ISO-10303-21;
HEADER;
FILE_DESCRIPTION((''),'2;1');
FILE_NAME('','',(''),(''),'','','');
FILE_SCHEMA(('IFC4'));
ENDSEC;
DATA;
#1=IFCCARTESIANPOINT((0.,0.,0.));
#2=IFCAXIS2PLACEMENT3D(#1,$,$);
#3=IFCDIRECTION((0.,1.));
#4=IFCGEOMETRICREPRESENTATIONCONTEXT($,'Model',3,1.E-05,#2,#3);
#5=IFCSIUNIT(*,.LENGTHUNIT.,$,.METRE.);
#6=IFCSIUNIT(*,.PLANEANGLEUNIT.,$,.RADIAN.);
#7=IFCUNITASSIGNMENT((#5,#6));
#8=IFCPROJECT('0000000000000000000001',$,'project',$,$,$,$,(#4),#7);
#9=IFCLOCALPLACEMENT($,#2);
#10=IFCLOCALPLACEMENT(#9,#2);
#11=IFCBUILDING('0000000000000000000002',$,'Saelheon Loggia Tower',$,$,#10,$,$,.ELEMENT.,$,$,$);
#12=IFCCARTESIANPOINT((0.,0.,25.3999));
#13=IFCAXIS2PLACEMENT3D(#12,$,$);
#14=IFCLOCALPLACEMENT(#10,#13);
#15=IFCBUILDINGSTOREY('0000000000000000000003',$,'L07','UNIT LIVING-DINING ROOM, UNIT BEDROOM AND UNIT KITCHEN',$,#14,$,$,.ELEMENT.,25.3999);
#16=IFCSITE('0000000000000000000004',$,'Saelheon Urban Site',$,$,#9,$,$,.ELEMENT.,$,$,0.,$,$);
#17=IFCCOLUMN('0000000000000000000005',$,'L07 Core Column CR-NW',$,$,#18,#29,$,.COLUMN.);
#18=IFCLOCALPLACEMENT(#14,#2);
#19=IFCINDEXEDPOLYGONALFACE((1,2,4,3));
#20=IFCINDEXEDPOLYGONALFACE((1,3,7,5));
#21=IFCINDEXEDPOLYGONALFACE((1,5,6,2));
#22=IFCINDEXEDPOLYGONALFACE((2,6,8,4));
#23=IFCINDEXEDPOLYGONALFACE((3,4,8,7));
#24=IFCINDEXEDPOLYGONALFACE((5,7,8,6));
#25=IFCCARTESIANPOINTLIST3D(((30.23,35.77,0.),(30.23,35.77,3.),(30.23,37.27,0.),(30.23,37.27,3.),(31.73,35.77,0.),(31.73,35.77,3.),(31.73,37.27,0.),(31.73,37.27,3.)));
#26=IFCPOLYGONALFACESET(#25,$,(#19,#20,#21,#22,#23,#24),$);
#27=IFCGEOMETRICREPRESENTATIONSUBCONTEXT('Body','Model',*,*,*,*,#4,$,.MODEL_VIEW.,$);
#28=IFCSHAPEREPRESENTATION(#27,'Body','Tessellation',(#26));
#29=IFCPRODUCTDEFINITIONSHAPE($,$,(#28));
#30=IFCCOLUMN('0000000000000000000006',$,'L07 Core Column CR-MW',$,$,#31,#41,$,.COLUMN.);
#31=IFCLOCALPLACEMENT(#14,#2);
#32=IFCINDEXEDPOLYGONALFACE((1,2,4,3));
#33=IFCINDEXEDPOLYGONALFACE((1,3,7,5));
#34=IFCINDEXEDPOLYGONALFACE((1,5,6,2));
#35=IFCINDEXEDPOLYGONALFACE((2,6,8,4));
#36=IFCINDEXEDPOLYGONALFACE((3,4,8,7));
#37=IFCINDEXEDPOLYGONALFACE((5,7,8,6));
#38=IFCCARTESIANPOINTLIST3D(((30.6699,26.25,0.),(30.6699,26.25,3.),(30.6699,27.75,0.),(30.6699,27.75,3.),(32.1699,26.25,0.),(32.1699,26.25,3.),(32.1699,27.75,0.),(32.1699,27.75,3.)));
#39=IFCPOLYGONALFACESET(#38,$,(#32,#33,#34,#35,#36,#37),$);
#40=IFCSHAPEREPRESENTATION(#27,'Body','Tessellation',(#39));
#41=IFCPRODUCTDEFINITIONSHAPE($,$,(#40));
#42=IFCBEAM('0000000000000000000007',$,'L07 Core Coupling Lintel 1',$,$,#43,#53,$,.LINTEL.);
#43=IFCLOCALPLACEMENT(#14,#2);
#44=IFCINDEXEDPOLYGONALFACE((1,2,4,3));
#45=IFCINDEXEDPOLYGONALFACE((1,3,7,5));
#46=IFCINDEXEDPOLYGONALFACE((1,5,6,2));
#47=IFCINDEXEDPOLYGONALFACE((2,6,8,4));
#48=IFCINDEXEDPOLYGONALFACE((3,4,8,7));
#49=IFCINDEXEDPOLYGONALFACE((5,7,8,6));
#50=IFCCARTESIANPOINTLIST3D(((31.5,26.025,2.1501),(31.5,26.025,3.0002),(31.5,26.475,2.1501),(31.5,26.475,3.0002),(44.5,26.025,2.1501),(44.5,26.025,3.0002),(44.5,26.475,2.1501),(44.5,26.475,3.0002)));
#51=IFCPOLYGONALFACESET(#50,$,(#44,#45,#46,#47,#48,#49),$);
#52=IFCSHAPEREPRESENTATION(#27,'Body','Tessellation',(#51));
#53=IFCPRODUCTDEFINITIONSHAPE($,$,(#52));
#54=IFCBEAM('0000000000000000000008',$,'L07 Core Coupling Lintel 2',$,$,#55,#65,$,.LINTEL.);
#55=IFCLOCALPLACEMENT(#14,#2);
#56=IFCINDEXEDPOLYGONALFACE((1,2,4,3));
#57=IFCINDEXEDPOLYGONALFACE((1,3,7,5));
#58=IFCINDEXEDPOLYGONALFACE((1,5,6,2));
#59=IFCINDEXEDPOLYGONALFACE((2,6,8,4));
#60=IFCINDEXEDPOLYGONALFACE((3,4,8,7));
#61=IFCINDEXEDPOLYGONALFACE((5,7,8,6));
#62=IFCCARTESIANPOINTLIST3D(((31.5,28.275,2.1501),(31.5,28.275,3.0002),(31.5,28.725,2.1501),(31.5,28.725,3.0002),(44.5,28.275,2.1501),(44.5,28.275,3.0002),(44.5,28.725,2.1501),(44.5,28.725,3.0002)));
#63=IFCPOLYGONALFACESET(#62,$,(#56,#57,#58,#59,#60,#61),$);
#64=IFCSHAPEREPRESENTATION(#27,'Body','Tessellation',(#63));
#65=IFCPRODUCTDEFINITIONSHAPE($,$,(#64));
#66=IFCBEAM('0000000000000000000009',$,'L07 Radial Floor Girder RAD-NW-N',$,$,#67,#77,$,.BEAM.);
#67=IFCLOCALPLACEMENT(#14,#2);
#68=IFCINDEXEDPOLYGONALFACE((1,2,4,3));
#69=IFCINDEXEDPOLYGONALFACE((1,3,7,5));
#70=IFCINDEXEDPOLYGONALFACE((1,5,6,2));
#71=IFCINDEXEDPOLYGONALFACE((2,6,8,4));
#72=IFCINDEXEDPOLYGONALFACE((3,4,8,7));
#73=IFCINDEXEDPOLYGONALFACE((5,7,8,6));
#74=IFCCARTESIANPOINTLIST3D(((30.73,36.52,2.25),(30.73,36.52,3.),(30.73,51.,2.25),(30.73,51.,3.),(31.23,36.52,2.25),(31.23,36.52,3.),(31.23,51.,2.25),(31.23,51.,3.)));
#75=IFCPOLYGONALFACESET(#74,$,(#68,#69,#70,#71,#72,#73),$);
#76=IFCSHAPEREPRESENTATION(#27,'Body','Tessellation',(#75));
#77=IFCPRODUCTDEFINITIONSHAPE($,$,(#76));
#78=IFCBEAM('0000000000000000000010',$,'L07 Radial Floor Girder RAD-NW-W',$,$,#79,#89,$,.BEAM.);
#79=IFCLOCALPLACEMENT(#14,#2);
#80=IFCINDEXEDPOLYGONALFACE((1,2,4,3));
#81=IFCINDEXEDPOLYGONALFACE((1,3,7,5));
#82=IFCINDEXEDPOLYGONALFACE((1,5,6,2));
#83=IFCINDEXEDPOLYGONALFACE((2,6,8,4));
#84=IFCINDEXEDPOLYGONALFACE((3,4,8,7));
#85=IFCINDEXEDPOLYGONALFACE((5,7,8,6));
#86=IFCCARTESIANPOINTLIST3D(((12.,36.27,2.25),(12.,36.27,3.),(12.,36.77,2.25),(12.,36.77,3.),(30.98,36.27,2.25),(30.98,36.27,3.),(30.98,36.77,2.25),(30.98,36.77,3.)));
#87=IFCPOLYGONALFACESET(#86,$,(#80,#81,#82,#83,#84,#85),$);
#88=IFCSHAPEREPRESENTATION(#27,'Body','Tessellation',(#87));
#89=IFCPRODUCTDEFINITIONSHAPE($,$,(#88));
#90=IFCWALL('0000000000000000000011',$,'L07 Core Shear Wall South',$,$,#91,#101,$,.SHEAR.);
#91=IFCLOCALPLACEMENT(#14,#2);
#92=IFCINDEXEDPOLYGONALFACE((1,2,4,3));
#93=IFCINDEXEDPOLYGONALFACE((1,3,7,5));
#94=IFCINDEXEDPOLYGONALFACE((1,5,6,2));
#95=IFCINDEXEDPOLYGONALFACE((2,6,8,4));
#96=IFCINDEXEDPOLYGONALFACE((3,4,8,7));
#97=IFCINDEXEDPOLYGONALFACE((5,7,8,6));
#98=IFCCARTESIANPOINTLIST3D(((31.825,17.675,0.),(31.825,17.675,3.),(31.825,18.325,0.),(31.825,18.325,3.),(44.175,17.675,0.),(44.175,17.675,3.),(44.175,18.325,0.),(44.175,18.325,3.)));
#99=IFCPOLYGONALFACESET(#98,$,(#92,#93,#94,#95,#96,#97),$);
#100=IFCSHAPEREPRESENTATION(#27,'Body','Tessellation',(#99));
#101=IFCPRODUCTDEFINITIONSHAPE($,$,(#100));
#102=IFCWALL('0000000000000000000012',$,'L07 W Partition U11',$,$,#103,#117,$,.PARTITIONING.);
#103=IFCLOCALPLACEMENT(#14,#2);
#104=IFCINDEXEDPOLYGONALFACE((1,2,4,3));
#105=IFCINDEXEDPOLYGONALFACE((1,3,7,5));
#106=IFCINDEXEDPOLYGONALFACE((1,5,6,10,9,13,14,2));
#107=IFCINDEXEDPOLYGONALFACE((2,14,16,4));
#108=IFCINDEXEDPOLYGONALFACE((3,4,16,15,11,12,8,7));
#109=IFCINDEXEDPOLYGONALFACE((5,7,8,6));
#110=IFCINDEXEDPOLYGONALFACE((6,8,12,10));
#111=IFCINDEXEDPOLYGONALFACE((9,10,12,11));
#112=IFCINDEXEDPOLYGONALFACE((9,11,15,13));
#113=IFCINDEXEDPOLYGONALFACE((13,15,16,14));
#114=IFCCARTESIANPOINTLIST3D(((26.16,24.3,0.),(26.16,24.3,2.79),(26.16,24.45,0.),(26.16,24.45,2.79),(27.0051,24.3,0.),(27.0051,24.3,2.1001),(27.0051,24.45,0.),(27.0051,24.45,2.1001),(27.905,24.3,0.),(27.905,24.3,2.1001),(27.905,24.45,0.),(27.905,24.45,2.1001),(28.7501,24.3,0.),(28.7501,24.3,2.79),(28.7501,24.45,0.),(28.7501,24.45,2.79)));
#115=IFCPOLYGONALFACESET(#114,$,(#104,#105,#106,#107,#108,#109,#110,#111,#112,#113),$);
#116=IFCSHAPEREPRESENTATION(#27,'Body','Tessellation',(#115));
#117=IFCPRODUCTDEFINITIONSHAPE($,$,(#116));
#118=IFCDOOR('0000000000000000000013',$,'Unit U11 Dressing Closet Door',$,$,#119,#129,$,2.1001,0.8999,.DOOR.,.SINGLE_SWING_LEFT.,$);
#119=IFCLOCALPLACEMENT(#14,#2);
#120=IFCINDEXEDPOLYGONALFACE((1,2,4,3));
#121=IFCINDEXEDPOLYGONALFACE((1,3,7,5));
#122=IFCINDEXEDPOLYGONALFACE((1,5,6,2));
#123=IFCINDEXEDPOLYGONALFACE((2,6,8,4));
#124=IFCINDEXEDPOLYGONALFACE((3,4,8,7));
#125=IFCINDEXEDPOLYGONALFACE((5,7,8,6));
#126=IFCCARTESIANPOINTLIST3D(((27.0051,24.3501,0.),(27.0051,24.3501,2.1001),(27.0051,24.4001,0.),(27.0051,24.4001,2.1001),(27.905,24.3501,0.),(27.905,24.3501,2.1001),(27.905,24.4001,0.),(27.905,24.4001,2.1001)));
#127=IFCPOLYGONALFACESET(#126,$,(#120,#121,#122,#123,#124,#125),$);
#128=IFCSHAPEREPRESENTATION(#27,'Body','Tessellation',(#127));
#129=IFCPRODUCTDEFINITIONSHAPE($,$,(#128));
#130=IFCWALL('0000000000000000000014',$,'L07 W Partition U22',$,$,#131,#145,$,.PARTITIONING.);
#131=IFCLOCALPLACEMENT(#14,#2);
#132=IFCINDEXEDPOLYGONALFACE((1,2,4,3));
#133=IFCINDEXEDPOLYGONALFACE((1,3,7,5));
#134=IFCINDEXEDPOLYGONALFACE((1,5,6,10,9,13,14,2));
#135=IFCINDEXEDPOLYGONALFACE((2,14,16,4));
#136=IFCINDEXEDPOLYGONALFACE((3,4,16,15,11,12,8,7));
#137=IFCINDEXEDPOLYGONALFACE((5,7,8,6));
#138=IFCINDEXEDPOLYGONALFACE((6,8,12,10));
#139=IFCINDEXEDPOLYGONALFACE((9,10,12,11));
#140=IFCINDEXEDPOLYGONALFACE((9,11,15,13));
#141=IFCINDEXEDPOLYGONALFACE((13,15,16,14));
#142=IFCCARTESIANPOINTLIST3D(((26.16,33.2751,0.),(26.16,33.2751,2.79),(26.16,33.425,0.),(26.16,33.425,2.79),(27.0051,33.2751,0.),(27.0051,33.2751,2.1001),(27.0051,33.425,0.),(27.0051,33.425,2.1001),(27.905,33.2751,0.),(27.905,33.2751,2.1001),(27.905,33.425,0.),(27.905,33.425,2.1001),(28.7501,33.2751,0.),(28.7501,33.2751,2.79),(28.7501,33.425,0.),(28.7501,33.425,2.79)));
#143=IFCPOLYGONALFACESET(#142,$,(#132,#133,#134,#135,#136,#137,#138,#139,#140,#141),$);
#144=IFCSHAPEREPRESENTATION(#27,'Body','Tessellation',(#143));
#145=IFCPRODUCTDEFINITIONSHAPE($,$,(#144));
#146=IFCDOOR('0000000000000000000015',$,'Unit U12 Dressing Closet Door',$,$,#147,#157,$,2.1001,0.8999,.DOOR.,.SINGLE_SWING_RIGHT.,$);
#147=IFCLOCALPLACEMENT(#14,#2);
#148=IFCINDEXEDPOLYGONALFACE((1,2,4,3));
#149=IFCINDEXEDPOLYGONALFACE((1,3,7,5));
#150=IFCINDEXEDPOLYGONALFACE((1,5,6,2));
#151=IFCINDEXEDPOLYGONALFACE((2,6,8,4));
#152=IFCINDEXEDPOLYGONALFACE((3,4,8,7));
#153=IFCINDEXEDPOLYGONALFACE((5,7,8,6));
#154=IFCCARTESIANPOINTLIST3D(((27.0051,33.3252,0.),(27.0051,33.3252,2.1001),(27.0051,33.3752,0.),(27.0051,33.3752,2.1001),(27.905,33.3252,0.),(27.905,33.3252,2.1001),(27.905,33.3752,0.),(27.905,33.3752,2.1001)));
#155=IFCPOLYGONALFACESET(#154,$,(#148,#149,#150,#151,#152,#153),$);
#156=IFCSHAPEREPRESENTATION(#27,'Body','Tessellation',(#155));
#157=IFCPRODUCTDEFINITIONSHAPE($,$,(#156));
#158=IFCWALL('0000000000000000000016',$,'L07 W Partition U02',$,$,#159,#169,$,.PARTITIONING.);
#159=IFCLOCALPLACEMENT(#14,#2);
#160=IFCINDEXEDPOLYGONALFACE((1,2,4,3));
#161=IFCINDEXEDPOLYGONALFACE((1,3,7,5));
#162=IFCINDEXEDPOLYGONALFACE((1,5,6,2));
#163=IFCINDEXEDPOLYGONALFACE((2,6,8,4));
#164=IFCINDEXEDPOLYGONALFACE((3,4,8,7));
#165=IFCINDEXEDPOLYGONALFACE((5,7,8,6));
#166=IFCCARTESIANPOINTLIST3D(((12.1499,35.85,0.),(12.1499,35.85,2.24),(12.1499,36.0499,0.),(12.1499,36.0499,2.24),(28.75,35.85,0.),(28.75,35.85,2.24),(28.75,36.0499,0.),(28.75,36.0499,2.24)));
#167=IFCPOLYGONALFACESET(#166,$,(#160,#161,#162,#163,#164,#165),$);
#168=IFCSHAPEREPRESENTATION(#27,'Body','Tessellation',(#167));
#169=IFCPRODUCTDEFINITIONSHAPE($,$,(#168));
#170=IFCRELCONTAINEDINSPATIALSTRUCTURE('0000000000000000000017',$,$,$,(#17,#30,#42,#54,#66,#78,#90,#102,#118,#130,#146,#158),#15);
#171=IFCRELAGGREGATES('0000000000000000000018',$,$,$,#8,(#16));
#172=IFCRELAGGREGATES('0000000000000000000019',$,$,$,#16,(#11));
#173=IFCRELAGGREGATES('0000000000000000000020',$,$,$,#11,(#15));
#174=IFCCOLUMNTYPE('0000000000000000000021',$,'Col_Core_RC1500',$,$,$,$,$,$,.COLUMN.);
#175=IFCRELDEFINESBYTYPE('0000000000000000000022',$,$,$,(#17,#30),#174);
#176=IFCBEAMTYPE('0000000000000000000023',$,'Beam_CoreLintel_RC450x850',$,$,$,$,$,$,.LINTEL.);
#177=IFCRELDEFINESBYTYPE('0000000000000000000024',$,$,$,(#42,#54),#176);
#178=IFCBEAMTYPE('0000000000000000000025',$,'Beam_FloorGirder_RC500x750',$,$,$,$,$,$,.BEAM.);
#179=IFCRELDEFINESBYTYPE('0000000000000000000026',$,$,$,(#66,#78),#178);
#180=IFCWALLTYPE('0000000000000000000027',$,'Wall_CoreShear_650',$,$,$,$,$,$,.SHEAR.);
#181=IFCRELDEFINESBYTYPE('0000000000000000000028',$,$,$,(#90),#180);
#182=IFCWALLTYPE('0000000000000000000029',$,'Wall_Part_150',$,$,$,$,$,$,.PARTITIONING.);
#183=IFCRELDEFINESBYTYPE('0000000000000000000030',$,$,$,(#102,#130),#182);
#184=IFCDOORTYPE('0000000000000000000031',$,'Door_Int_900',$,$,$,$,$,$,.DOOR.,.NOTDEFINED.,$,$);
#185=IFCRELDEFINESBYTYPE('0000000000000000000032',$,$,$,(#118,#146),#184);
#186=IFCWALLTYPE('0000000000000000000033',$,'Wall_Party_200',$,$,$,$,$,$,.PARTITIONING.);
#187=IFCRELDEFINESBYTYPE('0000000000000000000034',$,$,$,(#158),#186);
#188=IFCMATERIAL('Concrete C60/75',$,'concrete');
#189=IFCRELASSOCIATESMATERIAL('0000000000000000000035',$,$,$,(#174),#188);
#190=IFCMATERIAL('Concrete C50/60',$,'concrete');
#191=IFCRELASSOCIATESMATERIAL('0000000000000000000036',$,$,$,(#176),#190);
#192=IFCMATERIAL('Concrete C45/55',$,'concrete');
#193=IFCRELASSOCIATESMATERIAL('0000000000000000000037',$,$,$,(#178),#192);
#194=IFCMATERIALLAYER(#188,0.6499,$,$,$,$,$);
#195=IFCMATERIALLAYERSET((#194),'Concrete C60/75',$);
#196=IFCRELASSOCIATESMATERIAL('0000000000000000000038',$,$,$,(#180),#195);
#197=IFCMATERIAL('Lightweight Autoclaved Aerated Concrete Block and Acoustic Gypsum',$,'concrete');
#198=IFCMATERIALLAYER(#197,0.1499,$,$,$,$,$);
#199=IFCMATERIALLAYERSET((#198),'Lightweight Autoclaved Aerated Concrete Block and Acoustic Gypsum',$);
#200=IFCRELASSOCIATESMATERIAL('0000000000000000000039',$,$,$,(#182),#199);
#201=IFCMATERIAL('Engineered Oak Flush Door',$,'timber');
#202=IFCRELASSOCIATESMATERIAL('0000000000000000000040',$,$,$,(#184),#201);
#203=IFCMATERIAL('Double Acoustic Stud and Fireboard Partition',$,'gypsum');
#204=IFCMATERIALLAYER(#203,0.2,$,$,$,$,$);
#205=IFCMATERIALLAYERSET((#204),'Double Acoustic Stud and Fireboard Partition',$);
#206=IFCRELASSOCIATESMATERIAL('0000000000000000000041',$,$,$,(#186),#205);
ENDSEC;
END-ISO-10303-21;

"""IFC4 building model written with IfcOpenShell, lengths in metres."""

from ifc_helpers import new_model, si_unit, direction, frame, frame_2d, origin, origin_2d, place, context, subcontext, project, spatial, rectangle, extrude, source, transform, mapped, material, layer, layer_set, material_profile, profile_set, type_object, element, fill, save


model = new_model("IFC4")

# Units and contexts
model_context = context("Model", 3, precision=1e-05, world=origin(), true_north=direction((0.0, 1.0)))
body_context = subcontext(model_context, "Body", "Model", "MODEL_VIEW")
ifc_project = project(units=[si_unit("LENGTHUNIT", "METRE"), si_unit("PLANEANGLEUNIT", "RADIAN")], contexts=[model_context])

# Site, building, storey
site_placement = place(None, origin())
site = spatial("IfcSite", under=ifc_project, at=site_placement, Name="Saelheon Urban Site", CompositionType="ELEMENT", RefElevation=0.0)
building_placement = place(site_placement, origin())
building = spatial("IfcBuilding", under=site, at=building_placement, Name="Saelheon Loggia Tower", CompositionType="ELEMENT")
storey_placement = place(building_placement, frame((0.0, 0.0, 25.3999)))
storey = spatial("IfcBuildingStorey", under=building, at=storey_placement, Name="L07", Description="UNIT LIVING-DINING ROOM, UNIT BEDROOM AND UNIT KITCHEN", CompositionType="ELEMENT", Elevation=25.3999)

# Columns
ifc_material_1 = material(Name="Concrete C60/75", Category="concrete")
ifc_material_profile_1 = material_profile(ifc_material_1, rectangle(XDim=1.5, YDim=1.5, at=origin_2d()), Name="RC-1500x1500")
ifc_profile_set_1 = profile_set([ifc_material_profile_1], Name="Concrete C60/75")
column_type = type_object("IfcColumnType", Name="Col_Core_RC1500", PredefinedType="COLUMN", material=ifc_profile_set_1)
shared_shape_1 = source(origin(), body_context, "Body", "SweptSolid", [
    extrude(rectangle(XDim=1.5, YDim=1.5, at=origin_2d()), origin(), (0.0, 0.0, 1.0), 3.0),
])
for number, where, z_axis, x_axis, name in (
    (1, (30.98, 36.52, 0.0), (0.0, 0.0, 1.0), (1.0, 0.0, 0.0), "L07 Core Column CR-NW"),
    (2, (31.4199, 27.0, 0.0), (0.0, 0.0, 1.0), (1.0, 0.0, 0.0), "L07 Core Column CR-MW"),
):
    element("IfcColumn", number, at=place(storey_placement, frame(where, z_axis=z_axis, x_axis=x_axis)), inside=storey, type_object=column_type, Name=name, PredefinedType="COLUMN", context=body_context, shape_type="MappedRepresentation", body=[
        mapped(shared_shape_1, transform((0.0, 0.0, 0.0), scale=1.0)),
    ])

# Beams
ifc_material_2 = material(Name="Concrete C50/60", Category="concrete")
ifc_material_profile_2 = material_profile(ifc_material_2, rectangle(XDim=0.45, YDim=0.8501, at=origin_2d()), Name="RC-450x850")
ifc_profile_set_2 = profile_set([ifc_material_profile_2], Name="Concrete C50/60")
beam_type_1 = type_object("IfcBeamType", Name="Beam_CoreLintel_RC450x850", PredefinedType="LINTEL", material=ifc_profile_set_2)
shared_shape_2 = source(origin(), body_context, "Body", "SweptSolid", [
    extrude(rectangle(XDim=0.45, YDim=0.8501, at=origin_2d()), origin(), (0.0, 0.0, 1.0), 13.0),
])
for number, where, z_axis, x_axis, name in (
    (3, (31.5, 26.25, 2.5752), (1.0, 0.0, 0.0), (0.0, 1.0, 0.0), "L07 Core Coupling Lintel 1"),
    (4, (31.5, 28.5, 2.5752), (1.0, 0.0, 0.0), (0.0, 1.0, 0.0), "L07 Core Coupling Lintel 2"),
):
    element("IfcBeam", number, at=place(storey_placement, frame(where, z_axis=z_axis, x_axis=x_axis)), inside=storey, type_object=beam_type_1, Name=name, PredefinedType="LINTEL", context=body_context, shape_type="MappedRepresentation", body=[
        mapped(shared_shape_2, transform((0.0, 0.0, 0.0), scale=1.0)),
    ])
ifc_material_3 = material(Name="Concrete C45/55", Category="concrete")
ifc_material_profile_3 = material_profile(ifc_material_3, rectangle(XDim=0.5, YDim=0.75, at=origin_2d()), Name="RC-500x750")
ifc_profile_set_3 = profile_set([ifc_material_profile_3], Name="Concrete C45/55")
beam_type_2 = type_object("IfcBeamType", Name="Beam_FloorGirder_RC500x750", PredefinedType="BEAM", material=ifc_profile_set_3)
shared_shape_3 = source(origin(), body_context, "Body", "SweptSolid", [
    extrude(rectangle(XDim=0.5, YDim=0.75, at=origin_2d()), origin(), (0.0, 0.0, 1.0), 14.48),
])
beam_1_placement = place(storey_placement, frame((30.98, 36.52, 2.625), z_axis=(0.0, 1.0, 0.0), x_axis=(-1.0, 0.0, 0.0)))
element("IfcBeam", 5, at=beam_1_placement, inside=storey, type_object=beam_type_2, Name="L07 Radial Floor Girder RAD-NW-N", PredefinedType="BEAM", context=body_context, shape_type="MappedRepresentation", body=[
    mapped(shared_shape_3, transform((0.0, 0.0, 0.0), scale=1.0)),
])
shared_shape_4 = source(origin(), body_context, "Body", "SweptSolid", [
    extrude(rectangle(XDim=0.5, YDim=0.75, at=origin_2d()), origin(), (0.0, 0.0, 1.0), 18.98),
])
beam_2_placement = place(storey_placement, frame((30.98, 36.52, 2.625), z_axis=(-1.0, 0.0, 0.0), x_axis=(0.0, -1.0, 0.0)))
element("IfcBeam", 6, at=beam_2_placement, inside=storey, type_object=beam_type_2, Name="L07 Radial Floor Girder RAD-NW-W", PredefinedType="BEAM", context=body_context, shape_type="MappedRepresentation", body=[
    mapped(shared_shape_4, transform((0.0, 0.0, 0.0), scale=1.0)),
])

# Wall
ifc_layer_1 = layer(ifc_material_1, 0.6499)
ifc_layer_set_1 = layer_set([ifc_layer_1], Name="Concrete C60/75")
wall_type_1 = type_object("IfcWallType", Name="Wall_CoreShear_650", PredefinedType="SHEAR", material=ifc_layer_set_1)
wall_1_placement = place(storey_placement, frame((31.825, 18.0, 0.0), z_axis=(0.0, 0.0, 1.0), x_axis=(1.0, 0.0, 0.0)))
element("IfcWall", 7, at=wall_1_placement, inside=storey, type_object=wall_type_1, Name="L07 Core Shear Wall South", PredefinedType="SHEAR", context=body_context, shape_type="SweptSolid", body=[
    extrude(rectangle(XDim=12.3501, YDim=0.6499, at=frame_2d((6.175, 0.0))), origin(), (0.0, 0.0, 1.0), 3.0),
])

# Walls, openings, doors
ifc_material_4 = material(Name="Lightweight Autoclaved Aerated Concrete Block and Acoustic Gypsum", Category="concrete")
ifc_layer_2 = layer(ifc_material_4, 0.1499)
ifc_layer_set_2 = layer_set([ifc_layer_2], Name="Lightweight Autoclaved Aerated Concrete Block and Acoustic Gypsum")
wall_type_2 = type_object("IfcWallType", Name="Wall_Part_150", PredefinedType="PARTITIONING", material=ifc_layer_set_2)
wall_2_placement = place(storey_placement, frame((28.75, 24.375, 0.0), z_axis=(0.0, 0.0, 1.0), x_axis=(-1.0, 0.0, 0.0)))
wall_2 = element("IfcWall", 8, at=wall_2_placement, inside=storey, type_object=wall_type_2, Name="L07 W Partition U11", PredefinedType="PARTITIONING", context=body_context, shape_type="SweptSolid", body=[
    extrude(rectangle(XDim=2.5901, YDim=0.1499, at=frame_2d((1.2949, 0.0))), origin(), (0.0, 0.0, 1.0), 2.79),
])
opening_1_placement = place(wall_2_placement, frame((0.845, 0.0, 0.0)))
opening_1 = element("IfcOpeningElement", 9, at=opening_1_placement, cuts=wall_2, PredefinedType="OPENING", context=body_context, shape_type="SweptSolid", body=[
    extrude(rectangle(XDim=0.8999, YDim=2.1001, at=frame_2d((0.45, 1.05))), frame((0.0, 0.0869, 0.0), z_axis=(0.0, -1.0, 0.0), x_axis=(1.0, 0.0, 0.0)), (0.0, 0.0, 1.0), 0.1738),
])
ifc_material_5 = material(Name="Engineered Oak Flush Door", Category="timber")
door_type_1 = type_object("IfcDoorType", Name="Door_Int_900", OperationType="NOTDEFINED", PredefinedType="DOOR", material=ifc_material_5)
shared_shape_5 = source(origin(), body_context, "Body", "SweptSolid", [
    extrude(rectangle(XDim=0.8999, YDim=2.1001, at=frame_2d((0.45, 1.05))), frame((0.0, 0.0249, 0.0), z_axis=(0.0, -1.0, 0.0), x_axis=(1.0, 0.0, 0.0)), (0.0, 0.0, 1.0), 0.05),
])
door_1_placement = place(opening_1_placement, origin())
door_1 = element("IfcDoor", 10, at=door_1_placement, inside=storey, type_object=door_type_1, Name="Unit U11 Dressing Closet Door", OperationType="SINGLE_SWING_LEFT", OverallHeight=2.1001, OverallWidth=0.8999, PredefinedType="DOOR", context=body_context, shape_type="MappedRepresentation", body=[
    mapped(shared_shape_5, transform((0.0, 0.0, 0.0), scale=1.0)),
])
fill(opening_1, door_1)
wall_3_placement = place(storey_placement, frame((28.75, 33.3501, 0.0), z_axis=(0.0, 0.0, 1.0), x_axis=(-1.0, 0.0, 0.0)))
wall_3 = element("IfcWall", 11, at=wall_3_placement, inside=storey, type_object=wall_type_2, Name="L07 W Partition U22", PredefinedType="PARTITIONING", context=body_context, shape_type="SweptSolid", body=[
    extrude(rectangle(XDim=2.5901, YDim=0.1499, at=frame_2d((1.2949, 0.0))), origin(), (0.0, 0.0, 1.0), 2.79),
])
opening_2_placement = place(wall_3_placement, frame((0.845, 0.0, 0.0)))
opening_2 = element("IfcOpeningElement", 12, at=opening_2_placement, cuts=wall_3, PredefinedType="OPENING", context=body_context, shape_type="SweptSolid", body=[
    extrude(rectangle(XDim=0.8999, YDim=2.1001, at=frame_2d((0.45, 1.05))), frame((0.0, 0.0869, 0.0), z_axis=(0.0, -1.0, 0.0), x_axis=(1.0, 0.0, 0.0)), (0.0, 0.0, 1.0), 0.1738),
])
door_2_placement = place(opening_2_placement, origin())
door_2 = element("IfcDoor", 13, at=door_2_placement, inside=storey, type_object=door_type_1, Name="Unit U12 Dressing Closet Door", OperationType="SINGLE_SWING_RIGHT", OverallHeight=2.1001, OverallWidth=0.8999, PredefinedType="DOOR", context=body_context, shape_type="MappedRepresentation", body=[
    mapped(shared_shape_5, transform((0.0, 0.0, 0.0), scale=1.0)),
])
fill(opening_2, door_2)

# Wall
ifc_material_6 = material(Name="Double Acoustic Stud and Fireboard Partition", Category="gypsum")
ifc_layer_3 = layer(ifc_material_6, 0.2)
ifc_layer_set_3 = layer_set([ifc_layer_3], Name="Double Acoustic Stud and Fireboard Partition")
wall_type_3 = type_object("IfcWallType", Name="Wall_Party_200", PredefinedType="PARTITIONING", material=ifc_layer_set_3)
wall_4_placement = place(storey_placement, frame((28.75, 35.95, 0.0), z_axis=(0.0, 0.0, 1.0), x_axis=(-1.0, 0.0, 0.0)))
element("IfcWall", 14, at=wall_4_placement, inside=storey, type_object=wall_type_3, Name="L07 W Partition U02", PredefinedType="PARTITIONING", context=body_context, shape_type="SweptSolid", body=[
    extrude(rectangle(XDim=16.6001, YDim=0.2, at=frame_2d((8.3, 0.0))), origin(), (0.0, 0.0, 1.0), 2.24),
])

save(model, "model.ifc")
